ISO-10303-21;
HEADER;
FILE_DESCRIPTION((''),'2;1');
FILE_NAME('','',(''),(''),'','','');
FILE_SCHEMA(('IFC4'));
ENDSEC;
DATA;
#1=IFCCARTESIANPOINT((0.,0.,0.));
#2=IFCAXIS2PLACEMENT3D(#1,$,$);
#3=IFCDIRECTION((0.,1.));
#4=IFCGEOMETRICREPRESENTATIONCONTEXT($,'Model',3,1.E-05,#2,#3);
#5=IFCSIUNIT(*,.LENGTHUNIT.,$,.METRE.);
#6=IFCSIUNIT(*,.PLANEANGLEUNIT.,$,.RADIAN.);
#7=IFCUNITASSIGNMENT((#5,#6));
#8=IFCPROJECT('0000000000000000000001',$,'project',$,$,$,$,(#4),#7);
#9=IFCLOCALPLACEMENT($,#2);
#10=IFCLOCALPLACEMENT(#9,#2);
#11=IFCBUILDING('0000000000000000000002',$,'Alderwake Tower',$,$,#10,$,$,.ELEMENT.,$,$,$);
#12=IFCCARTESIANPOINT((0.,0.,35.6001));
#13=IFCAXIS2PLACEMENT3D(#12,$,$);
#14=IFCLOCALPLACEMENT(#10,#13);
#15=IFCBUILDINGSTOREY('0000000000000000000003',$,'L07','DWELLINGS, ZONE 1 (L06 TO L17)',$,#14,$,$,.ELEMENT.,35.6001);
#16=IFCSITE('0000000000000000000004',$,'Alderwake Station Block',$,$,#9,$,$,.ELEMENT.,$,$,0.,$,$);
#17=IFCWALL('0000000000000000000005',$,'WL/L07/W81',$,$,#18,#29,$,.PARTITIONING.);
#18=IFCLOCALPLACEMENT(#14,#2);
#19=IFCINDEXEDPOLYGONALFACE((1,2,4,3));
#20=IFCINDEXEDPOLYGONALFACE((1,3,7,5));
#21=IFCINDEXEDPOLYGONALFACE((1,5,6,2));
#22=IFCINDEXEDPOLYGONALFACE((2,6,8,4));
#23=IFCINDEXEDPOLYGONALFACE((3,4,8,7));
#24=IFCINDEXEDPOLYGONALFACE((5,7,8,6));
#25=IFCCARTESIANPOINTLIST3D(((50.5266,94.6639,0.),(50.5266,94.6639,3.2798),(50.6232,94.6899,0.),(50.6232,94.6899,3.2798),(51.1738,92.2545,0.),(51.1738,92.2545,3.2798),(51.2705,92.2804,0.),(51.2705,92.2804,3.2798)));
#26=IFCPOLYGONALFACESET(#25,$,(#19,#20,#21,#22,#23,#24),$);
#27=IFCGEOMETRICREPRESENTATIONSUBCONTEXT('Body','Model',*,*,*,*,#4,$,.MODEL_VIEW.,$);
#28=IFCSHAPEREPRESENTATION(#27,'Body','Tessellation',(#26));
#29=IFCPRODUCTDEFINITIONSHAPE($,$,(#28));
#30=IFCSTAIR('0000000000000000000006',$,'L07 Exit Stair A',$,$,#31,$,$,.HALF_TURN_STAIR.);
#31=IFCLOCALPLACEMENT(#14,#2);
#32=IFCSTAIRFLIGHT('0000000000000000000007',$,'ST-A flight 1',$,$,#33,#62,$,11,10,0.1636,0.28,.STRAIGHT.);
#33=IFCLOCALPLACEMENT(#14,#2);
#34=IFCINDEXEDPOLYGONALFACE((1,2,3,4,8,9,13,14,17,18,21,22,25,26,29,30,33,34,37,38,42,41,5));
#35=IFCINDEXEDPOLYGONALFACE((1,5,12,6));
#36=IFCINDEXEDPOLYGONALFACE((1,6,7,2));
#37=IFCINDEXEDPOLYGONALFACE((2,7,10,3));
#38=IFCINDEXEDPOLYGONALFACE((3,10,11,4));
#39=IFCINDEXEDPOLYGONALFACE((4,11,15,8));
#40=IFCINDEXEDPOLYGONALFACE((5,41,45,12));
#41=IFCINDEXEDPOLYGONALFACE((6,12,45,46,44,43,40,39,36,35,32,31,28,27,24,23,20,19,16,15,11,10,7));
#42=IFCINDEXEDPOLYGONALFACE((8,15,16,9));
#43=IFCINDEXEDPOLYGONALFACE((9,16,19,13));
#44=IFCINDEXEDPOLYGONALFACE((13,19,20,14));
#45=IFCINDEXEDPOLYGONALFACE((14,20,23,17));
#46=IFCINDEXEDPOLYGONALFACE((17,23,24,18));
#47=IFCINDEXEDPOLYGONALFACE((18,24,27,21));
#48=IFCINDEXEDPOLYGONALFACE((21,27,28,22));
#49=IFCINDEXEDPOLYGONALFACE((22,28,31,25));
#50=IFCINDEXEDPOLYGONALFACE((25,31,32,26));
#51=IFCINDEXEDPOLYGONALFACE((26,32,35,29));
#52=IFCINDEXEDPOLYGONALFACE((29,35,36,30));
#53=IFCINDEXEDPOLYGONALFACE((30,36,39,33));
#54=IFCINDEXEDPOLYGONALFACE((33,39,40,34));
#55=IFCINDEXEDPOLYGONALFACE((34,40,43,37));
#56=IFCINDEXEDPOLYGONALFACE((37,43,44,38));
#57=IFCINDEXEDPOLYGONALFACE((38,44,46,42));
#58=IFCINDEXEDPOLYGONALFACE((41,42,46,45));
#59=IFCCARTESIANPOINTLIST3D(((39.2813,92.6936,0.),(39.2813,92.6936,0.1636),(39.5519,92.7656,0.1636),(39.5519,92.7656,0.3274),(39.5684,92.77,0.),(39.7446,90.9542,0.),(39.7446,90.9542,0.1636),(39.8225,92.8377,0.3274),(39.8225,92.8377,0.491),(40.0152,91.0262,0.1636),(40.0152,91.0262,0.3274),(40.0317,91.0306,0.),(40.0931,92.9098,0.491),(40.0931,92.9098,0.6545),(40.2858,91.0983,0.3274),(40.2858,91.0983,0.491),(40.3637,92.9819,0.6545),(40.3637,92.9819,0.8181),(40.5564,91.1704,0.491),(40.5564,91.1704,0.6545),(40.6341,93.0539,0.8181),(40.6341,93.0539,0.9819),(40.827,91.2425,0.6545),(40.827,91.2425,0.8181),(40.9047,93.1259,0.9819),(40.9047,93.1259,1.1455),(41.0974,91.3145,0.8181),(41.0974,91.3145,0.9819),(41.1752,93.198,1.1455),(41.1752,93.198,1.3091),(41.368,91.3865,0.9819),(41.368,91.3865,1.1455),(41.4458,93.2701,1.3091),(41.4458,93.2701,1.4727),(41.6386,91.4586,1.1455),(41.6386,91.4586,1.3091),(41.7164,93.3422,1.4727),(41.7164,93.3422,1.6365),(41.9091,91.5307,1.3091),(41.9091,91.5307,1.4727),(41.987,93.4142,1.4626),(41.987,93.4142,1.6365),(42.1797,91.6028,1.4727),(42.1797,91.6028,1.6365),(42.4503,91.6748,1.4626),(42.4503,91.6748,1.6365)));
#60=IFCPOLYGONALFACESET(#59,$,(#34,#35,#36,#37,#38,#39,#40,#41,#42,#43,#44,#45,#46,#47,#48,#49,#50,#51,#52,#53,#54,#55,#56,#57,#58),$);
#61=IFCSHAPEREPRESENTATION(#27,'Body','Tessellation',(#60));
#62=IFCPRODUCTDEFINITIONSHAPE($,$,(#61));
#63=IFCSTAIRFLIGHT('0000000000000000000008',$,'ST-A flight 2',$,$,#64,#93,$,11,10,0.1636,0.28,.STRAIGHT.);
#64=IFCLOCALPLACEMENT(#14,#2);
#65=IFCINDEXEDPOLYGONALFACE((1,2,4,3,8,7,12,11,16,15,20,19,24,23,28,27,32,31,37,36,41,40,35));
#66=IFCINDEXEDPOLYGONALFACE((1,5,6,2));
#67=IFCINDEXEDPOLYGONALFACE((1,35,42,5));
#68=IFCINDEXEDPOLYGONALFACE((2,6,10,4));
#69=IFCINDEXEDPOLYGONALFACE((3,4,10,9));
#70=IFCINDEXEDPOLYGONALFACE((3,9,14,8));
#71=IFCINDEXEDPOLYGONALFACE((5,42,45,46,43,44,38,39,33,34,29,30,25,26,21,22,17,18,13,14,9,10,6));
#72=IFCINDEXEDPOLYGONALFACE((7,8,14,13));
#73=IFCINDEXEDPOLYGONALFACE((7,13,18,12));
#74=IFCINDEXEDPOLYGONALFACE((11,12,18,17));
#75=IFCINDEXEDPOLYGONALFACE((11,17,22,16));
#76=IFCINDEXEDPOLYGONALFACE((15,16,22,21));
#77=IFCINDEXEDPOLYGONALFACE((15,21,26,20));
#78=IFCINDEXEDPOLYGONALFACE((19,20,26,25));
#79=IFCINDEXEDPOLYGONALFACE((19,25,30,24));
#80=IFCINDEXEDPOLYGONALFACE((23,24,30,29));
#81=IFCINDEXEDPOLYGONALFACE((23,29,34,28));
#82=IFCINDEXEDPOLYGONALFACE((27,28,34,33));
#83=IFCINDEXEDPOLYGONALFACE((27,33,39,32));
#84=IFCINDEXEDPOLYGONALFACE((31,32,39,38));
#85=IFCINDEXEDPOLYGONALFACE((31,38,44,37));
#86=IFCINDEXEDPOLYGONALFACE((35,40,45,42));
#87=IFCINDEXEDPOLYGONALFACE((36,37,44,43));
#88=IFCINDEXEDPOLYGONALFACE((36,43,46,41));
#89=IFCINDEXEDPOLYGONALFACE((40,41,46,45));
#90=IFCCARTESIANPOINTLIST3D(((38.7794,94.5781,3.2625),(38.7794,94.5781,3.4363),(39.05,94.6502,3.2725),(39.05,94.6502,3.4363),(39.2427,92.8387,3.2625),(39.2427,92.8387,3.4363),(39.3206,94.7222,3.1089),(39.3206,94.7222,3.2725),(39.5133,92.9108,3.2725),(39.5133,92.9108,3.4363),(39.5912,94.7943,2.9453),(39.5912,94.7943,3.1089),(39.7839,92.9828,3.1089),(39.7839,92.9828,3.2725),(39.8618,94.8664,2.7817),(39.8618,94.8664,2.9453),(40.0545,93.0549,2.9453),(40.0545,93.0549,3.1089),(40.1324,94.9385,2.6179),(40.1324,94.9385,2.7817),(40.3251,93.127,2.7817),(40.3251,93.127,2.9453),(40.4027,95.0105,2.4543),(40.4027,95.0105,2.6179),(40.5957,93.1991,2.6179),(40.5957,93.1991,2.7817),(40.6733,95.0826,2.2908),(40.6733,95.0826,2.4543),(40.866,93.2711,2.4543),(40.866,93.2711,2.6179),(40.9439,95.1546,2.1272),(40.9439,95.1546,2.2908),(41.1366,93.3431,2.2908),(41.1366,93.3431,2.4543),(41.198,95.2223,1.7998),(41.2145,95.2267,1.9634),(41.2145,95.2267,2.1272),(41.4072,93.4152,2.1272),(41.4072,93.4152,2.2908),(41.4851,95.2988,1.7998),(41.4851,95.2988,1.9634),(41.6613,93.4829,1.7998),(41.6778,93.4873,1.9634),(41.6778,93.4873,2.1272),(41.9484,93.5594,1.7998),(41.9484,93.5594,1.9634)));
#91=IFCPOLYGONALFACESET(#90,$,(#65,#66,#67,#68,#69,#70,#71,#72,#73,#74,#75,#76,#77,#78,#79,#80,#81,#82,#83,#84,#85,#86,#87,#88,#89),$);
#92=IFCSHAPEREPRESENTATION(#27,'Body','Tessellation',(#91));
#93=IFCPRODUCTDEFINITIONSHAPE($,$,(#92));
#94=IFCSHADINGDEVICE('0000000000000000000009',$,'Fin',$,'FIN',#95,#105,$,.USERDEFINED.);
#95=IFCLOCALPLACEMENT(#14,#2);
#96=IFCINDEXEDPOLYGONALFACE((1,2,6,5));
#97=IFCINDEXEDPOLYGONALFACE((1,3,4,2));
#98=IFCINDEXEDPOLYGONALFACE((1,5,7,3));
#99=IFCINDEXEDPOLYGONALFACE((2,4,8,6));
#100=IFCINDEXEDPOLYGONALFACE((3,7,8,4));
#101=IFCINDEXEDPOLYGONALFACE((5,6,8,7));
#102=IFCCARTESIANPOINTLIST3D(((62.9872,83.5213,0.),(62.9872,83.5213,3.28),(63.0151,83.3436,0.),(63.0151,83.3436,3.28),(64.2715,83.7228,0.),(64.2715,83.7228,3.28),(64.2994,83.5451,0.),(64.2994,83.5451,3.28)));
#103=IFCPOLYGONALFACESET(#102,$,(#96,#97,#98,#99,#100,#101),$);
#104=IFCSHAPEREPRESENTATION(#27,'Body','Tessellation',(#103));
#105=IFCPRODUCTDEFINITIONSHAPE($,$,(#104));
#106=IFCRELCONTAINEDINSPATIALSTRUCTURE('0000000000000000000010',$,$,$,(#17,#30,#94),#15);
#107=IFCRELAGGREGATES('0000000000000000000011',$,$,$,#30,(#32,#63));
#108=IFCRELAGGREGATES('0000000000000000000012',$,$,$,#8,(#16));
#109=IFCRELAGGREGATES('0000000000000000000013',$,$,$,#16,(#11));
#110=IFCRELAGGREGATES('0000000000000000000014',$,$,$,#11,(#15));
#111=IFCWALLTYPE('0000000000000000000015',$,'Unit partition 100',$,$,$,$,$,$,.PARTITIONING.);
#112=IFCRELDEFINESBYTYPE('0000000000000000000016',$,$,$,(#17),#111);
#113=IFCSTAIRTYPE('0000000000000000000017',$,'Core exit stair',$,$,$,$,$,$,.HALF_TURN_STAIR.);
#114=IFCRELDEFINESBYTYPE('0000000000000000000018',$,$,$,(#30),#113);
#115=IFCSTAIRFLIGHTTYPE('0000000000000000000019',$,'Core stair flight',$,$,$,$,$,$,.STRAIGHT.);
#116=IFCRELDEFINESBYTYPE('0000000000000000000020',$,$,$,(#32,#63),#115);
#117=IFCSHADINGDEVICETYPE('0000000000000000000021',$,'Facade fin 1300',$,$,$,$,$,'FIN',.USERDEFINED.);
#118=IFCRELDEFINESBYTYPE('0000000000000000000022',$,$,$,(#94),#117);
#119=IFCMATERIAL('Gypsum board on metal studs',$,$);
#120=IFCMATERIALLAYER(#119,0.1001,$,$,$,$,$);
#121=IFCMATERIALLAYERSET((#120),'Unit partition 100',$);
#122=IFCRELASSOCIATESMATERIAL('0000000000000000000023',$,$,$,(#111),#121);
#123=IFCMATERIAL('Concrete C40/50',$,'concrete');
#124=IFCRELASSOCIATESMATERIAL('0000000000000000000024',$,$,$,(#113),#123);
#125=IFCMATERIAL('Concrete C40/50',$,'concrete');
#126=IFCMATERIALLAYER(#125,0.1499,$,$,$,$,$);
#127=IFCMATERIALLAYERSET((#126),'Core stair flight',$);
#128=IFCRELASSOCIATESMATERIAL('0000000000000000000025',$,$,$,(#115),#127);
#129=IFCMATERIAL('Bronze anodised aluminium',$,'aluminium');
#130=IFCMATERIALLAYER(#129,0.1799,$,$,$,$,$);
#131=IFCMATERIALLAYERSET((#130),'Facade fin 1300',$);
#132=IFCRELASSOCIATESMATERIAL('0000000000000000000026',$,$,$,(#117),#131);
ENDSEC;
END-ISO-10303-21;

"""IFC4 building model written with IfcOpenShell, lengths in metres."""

from ifc_helpers import new_model, si_unit, direction, frame, frame_2d, origin, origin_2d, place, context, subcontext, project, spatial, polyline, rectangle, outline, extrude, material, layer, layer_set, type_object, element, aggregate, save


model = new_model("IFC4")

# Units and contexts
model_context = context("Model", 3, precision=1e-05, world=origin(), true_north=direction((0.0, 1.0)))
body_context = subcontext(model_context, "Body", "Model", "MODEL_VIEW")
ifc_project = project(units=[si_unit("LENGTHUNIT", "METRE"), si_unit("PLANEANGLEUNIT", "RADIAN")], contexts=[model_context])

# Site, building, storey
site_placement = place(None, origin())
site = spatial("IfcSite", under=ifc_project, at=site_placement, Name="Alderwake Station Block", CompositionType="ELEMENT", RefElevation=0.0)
building_placement = place(site_placement, origin())
building = spatial("IfcBuilding", under=site, at=building_placement, Name="Alderwake Tower", CompositionType="ELEMENT")
storey_placement = place(building_placement, frame((0.0, 0.0, 35.6001)))
storey = spatial("IfcBuildingStorey", under=building, at=storey_placement, Name="L07", Description="DWELLINGS, ZONE 1 (L06 TO L17)", CompositionType="ELEMENT", Elevation=35.6001)

# Shared definitions
ifc_material_1 = material(Name="Gypsum board on metal studs")
ifc_layer_1 = layer(ifc_material_1, 0.1001)
ifc_layer_set_1 = layer_set([ifc_layer_1], Name="Unit partition 100")
wall_type_1 = type_object("IfcWallType", Name="Unit partition 100", PredefinedType="PARTITIONING", material=ifc_layer_set_1)

# Wall
wall_1_placement = place(storey_placement, frame((51.2222, 92.2673, 0.0), z_axis=(0.0, 0.0, 1.0), x_axis=(-0.259422, 0.965764, 0.0)))
element("IfcWall", 1, at=wall_1_placement, inside=storey, type_object=wall_type_1, Name="WL/L07/W81", PredefinedType="PARTITIONING", context=body_context, shape_type="SweptSolid", body=[
    extrude(rectangle(XDim=2.4949, YDim=0.1001, at=frame_2d((1.2476, 0.0))), origin(), (0.0, 0.0, 1.0), 3.2798),
])

# Stair, stair flights
ifc_material_2 = material(Name="Concrete C40/50", Category="concrete")
stair_type = type_object("IfcStairType", Name="Core exit stair", PredefinedType="HALF_TURN_STAIR", material=ifc_material_2)
stair_placement = place(storey_placement, origin())
stair = element("IfcStair", 2, at=stair_placement, inside=storey, type_object=stair_type, Name="L07 Exit Stair A", PredefinedType="HALF_TURN_STAIR")
ifc_material_3 = material(Name="Concrete C40/50", Category="concrete")
ifc_layer_2 = layer(ifc_material_3, 0.1499)
ifc_layer_set_2 = layer_set([ifc_layer_2], Name="Core stair flight")
stair_flight_type = type_object("IfcStairFlightType", Name="Core stair flight", PredefinedType="STRAIGHT", material=ifc_layer_set_2)
stair_flight_1_placement = place(storey_placement, frame((39.5129, 91.824, 0.0), z_axis=(0.0, 0.0, 1.0), x_axis=(0.96631, 0.257382, 0.0)))
stair_flight_1 = element("IfcStairFlight", 3, at=stair_flight_1_placement, type_object=stair_flight_type, Name="ST-A flight 1", NumberOfRisers=11, NumberOfTreads=10, PredefinedType="STRAIGHT", RiserHeight=0.1636, TreadLength=0.28, context=body_context, shape_type="SweptSolid", body=[
    extrude(outline(polyline([(0.0, 0.0), (0.0, 0.1636), (0.28, 0.1636), (0.28, 0.3274), (0.5601, 0.3274), (0.5601, 0.491), (0.8401, 0.491), (0.8401, 0.6545), (1.1201, 0.6545), (1.1201, 0.8181), (1.3999, 0.8181), (1.3999, 0.9819), (1.6799, 0.9819), (1.6799, 1.1455), (1.96, 1.1455), (1.96, 1.3091), (2.24, 1.3091), (2.24, 1.4727), (2.52, 1.4727), (2.52, 1.6365), (2.8, 1.6365), (2.8, 1.8), (2.8, 1.4626), (0.2971, 0.0), (0.0, 0.0)])), frame((0.0, 0.8999, 0.0), z_axis=(0.0, -1.0, 0.0), x_axis=(1.0, 0.0, 0.0)), (0.0, 0.0, 1.0), 1.8),
])
stair_flight_2_placement = place(storey_placement, frame((41.7168, 94.429, 1.7998), z_axis=(0.0, 0.0, 1.0), x_axis=(-0.96631, -0.257382, 0.0)))
stair_flight_2 = element("IfcStairFlight", 4, at=stair_flight_2_placement, type_object=stair_flight_type, Name="ST-A flight 2", NumberOfRisers=11, NumberOfTreads=10, PredefinedType="STRAIGHT", RiserHeight=0.1636, TreadLength=0.28, context=body_context, shape_type="SweptSolid", body=[
    extrude(outline(polyline([(0.0, 0.0), (0.0, 0.1636), (0.28, 0.1636), (0.28, 0.3274), (0.5601, 0.3274), (0.5601, 0.491), (0.8401, 0.491), (0.8401, 0.6545), (1.1201, 0.6545), (1.1201, 0.8181), (1.3999, 0.8181), (1.3999, 0.9819), (1.6799, 0.9819), (1.6799, 1.1455), (1.96, 1.1455), (1.96, 1.3091), (2.24, 1.3091), (2.24, 1.4727), (2.52, 1.4727), (2.52, 1.6365), (2.8, 1.6365), (2.8, 1.8), (2.8, 1.4626), (0.2971, 0.0), (0.0, 0.0)])), frame((0.0, 0.8999, 0.0), z_axis=(0.0, -1.0, 0.0), x_axis=(1.0, 0.0, 0.0)), (0.0, 0.0, 1.0), 1.8),
])
aggregate(stair, [stair_flight_1, stair_flight_2])

# Shading device
ifc_material_4 = material(Name="Bronze anodised aluminium", Category="aluminium")
ifc_layer_3 = layer(ifc_material_4, 0.1799)
ifc_layer_set_3 = layer_set([ifc_layer_3], Name="Facade fin 1300")
shading_device_type = type_object("IfcShadingDeviceType", Name="Facade fin 1300", ElementType="FIN", PredefinedType="USERDEFINED", material=ifc_layer_set_3)
shading_device_placement = place(storey_placement, frame((63.6433, 83.5332, 0.0), z_axis=(0.0, 0.0, 1.0), x_axis=(0.987919, 0.154972, 0.0)))
element("IfcShadingDevice", 5, at=shading_device_placement, inside=storey, type_object=shading_device_type, Name="Fin", ObjectType="FIN", PredefinedType="USERDEFINED", context=body_context, shape_type="SweptSolid", body=[
    extrude(rectangle(XDim=1.3, YDim=0.1799, at=origin_2d()), origin(), (0.0, 0.0, 1.0), 3.28),
])

save(model, "model.ifc")
